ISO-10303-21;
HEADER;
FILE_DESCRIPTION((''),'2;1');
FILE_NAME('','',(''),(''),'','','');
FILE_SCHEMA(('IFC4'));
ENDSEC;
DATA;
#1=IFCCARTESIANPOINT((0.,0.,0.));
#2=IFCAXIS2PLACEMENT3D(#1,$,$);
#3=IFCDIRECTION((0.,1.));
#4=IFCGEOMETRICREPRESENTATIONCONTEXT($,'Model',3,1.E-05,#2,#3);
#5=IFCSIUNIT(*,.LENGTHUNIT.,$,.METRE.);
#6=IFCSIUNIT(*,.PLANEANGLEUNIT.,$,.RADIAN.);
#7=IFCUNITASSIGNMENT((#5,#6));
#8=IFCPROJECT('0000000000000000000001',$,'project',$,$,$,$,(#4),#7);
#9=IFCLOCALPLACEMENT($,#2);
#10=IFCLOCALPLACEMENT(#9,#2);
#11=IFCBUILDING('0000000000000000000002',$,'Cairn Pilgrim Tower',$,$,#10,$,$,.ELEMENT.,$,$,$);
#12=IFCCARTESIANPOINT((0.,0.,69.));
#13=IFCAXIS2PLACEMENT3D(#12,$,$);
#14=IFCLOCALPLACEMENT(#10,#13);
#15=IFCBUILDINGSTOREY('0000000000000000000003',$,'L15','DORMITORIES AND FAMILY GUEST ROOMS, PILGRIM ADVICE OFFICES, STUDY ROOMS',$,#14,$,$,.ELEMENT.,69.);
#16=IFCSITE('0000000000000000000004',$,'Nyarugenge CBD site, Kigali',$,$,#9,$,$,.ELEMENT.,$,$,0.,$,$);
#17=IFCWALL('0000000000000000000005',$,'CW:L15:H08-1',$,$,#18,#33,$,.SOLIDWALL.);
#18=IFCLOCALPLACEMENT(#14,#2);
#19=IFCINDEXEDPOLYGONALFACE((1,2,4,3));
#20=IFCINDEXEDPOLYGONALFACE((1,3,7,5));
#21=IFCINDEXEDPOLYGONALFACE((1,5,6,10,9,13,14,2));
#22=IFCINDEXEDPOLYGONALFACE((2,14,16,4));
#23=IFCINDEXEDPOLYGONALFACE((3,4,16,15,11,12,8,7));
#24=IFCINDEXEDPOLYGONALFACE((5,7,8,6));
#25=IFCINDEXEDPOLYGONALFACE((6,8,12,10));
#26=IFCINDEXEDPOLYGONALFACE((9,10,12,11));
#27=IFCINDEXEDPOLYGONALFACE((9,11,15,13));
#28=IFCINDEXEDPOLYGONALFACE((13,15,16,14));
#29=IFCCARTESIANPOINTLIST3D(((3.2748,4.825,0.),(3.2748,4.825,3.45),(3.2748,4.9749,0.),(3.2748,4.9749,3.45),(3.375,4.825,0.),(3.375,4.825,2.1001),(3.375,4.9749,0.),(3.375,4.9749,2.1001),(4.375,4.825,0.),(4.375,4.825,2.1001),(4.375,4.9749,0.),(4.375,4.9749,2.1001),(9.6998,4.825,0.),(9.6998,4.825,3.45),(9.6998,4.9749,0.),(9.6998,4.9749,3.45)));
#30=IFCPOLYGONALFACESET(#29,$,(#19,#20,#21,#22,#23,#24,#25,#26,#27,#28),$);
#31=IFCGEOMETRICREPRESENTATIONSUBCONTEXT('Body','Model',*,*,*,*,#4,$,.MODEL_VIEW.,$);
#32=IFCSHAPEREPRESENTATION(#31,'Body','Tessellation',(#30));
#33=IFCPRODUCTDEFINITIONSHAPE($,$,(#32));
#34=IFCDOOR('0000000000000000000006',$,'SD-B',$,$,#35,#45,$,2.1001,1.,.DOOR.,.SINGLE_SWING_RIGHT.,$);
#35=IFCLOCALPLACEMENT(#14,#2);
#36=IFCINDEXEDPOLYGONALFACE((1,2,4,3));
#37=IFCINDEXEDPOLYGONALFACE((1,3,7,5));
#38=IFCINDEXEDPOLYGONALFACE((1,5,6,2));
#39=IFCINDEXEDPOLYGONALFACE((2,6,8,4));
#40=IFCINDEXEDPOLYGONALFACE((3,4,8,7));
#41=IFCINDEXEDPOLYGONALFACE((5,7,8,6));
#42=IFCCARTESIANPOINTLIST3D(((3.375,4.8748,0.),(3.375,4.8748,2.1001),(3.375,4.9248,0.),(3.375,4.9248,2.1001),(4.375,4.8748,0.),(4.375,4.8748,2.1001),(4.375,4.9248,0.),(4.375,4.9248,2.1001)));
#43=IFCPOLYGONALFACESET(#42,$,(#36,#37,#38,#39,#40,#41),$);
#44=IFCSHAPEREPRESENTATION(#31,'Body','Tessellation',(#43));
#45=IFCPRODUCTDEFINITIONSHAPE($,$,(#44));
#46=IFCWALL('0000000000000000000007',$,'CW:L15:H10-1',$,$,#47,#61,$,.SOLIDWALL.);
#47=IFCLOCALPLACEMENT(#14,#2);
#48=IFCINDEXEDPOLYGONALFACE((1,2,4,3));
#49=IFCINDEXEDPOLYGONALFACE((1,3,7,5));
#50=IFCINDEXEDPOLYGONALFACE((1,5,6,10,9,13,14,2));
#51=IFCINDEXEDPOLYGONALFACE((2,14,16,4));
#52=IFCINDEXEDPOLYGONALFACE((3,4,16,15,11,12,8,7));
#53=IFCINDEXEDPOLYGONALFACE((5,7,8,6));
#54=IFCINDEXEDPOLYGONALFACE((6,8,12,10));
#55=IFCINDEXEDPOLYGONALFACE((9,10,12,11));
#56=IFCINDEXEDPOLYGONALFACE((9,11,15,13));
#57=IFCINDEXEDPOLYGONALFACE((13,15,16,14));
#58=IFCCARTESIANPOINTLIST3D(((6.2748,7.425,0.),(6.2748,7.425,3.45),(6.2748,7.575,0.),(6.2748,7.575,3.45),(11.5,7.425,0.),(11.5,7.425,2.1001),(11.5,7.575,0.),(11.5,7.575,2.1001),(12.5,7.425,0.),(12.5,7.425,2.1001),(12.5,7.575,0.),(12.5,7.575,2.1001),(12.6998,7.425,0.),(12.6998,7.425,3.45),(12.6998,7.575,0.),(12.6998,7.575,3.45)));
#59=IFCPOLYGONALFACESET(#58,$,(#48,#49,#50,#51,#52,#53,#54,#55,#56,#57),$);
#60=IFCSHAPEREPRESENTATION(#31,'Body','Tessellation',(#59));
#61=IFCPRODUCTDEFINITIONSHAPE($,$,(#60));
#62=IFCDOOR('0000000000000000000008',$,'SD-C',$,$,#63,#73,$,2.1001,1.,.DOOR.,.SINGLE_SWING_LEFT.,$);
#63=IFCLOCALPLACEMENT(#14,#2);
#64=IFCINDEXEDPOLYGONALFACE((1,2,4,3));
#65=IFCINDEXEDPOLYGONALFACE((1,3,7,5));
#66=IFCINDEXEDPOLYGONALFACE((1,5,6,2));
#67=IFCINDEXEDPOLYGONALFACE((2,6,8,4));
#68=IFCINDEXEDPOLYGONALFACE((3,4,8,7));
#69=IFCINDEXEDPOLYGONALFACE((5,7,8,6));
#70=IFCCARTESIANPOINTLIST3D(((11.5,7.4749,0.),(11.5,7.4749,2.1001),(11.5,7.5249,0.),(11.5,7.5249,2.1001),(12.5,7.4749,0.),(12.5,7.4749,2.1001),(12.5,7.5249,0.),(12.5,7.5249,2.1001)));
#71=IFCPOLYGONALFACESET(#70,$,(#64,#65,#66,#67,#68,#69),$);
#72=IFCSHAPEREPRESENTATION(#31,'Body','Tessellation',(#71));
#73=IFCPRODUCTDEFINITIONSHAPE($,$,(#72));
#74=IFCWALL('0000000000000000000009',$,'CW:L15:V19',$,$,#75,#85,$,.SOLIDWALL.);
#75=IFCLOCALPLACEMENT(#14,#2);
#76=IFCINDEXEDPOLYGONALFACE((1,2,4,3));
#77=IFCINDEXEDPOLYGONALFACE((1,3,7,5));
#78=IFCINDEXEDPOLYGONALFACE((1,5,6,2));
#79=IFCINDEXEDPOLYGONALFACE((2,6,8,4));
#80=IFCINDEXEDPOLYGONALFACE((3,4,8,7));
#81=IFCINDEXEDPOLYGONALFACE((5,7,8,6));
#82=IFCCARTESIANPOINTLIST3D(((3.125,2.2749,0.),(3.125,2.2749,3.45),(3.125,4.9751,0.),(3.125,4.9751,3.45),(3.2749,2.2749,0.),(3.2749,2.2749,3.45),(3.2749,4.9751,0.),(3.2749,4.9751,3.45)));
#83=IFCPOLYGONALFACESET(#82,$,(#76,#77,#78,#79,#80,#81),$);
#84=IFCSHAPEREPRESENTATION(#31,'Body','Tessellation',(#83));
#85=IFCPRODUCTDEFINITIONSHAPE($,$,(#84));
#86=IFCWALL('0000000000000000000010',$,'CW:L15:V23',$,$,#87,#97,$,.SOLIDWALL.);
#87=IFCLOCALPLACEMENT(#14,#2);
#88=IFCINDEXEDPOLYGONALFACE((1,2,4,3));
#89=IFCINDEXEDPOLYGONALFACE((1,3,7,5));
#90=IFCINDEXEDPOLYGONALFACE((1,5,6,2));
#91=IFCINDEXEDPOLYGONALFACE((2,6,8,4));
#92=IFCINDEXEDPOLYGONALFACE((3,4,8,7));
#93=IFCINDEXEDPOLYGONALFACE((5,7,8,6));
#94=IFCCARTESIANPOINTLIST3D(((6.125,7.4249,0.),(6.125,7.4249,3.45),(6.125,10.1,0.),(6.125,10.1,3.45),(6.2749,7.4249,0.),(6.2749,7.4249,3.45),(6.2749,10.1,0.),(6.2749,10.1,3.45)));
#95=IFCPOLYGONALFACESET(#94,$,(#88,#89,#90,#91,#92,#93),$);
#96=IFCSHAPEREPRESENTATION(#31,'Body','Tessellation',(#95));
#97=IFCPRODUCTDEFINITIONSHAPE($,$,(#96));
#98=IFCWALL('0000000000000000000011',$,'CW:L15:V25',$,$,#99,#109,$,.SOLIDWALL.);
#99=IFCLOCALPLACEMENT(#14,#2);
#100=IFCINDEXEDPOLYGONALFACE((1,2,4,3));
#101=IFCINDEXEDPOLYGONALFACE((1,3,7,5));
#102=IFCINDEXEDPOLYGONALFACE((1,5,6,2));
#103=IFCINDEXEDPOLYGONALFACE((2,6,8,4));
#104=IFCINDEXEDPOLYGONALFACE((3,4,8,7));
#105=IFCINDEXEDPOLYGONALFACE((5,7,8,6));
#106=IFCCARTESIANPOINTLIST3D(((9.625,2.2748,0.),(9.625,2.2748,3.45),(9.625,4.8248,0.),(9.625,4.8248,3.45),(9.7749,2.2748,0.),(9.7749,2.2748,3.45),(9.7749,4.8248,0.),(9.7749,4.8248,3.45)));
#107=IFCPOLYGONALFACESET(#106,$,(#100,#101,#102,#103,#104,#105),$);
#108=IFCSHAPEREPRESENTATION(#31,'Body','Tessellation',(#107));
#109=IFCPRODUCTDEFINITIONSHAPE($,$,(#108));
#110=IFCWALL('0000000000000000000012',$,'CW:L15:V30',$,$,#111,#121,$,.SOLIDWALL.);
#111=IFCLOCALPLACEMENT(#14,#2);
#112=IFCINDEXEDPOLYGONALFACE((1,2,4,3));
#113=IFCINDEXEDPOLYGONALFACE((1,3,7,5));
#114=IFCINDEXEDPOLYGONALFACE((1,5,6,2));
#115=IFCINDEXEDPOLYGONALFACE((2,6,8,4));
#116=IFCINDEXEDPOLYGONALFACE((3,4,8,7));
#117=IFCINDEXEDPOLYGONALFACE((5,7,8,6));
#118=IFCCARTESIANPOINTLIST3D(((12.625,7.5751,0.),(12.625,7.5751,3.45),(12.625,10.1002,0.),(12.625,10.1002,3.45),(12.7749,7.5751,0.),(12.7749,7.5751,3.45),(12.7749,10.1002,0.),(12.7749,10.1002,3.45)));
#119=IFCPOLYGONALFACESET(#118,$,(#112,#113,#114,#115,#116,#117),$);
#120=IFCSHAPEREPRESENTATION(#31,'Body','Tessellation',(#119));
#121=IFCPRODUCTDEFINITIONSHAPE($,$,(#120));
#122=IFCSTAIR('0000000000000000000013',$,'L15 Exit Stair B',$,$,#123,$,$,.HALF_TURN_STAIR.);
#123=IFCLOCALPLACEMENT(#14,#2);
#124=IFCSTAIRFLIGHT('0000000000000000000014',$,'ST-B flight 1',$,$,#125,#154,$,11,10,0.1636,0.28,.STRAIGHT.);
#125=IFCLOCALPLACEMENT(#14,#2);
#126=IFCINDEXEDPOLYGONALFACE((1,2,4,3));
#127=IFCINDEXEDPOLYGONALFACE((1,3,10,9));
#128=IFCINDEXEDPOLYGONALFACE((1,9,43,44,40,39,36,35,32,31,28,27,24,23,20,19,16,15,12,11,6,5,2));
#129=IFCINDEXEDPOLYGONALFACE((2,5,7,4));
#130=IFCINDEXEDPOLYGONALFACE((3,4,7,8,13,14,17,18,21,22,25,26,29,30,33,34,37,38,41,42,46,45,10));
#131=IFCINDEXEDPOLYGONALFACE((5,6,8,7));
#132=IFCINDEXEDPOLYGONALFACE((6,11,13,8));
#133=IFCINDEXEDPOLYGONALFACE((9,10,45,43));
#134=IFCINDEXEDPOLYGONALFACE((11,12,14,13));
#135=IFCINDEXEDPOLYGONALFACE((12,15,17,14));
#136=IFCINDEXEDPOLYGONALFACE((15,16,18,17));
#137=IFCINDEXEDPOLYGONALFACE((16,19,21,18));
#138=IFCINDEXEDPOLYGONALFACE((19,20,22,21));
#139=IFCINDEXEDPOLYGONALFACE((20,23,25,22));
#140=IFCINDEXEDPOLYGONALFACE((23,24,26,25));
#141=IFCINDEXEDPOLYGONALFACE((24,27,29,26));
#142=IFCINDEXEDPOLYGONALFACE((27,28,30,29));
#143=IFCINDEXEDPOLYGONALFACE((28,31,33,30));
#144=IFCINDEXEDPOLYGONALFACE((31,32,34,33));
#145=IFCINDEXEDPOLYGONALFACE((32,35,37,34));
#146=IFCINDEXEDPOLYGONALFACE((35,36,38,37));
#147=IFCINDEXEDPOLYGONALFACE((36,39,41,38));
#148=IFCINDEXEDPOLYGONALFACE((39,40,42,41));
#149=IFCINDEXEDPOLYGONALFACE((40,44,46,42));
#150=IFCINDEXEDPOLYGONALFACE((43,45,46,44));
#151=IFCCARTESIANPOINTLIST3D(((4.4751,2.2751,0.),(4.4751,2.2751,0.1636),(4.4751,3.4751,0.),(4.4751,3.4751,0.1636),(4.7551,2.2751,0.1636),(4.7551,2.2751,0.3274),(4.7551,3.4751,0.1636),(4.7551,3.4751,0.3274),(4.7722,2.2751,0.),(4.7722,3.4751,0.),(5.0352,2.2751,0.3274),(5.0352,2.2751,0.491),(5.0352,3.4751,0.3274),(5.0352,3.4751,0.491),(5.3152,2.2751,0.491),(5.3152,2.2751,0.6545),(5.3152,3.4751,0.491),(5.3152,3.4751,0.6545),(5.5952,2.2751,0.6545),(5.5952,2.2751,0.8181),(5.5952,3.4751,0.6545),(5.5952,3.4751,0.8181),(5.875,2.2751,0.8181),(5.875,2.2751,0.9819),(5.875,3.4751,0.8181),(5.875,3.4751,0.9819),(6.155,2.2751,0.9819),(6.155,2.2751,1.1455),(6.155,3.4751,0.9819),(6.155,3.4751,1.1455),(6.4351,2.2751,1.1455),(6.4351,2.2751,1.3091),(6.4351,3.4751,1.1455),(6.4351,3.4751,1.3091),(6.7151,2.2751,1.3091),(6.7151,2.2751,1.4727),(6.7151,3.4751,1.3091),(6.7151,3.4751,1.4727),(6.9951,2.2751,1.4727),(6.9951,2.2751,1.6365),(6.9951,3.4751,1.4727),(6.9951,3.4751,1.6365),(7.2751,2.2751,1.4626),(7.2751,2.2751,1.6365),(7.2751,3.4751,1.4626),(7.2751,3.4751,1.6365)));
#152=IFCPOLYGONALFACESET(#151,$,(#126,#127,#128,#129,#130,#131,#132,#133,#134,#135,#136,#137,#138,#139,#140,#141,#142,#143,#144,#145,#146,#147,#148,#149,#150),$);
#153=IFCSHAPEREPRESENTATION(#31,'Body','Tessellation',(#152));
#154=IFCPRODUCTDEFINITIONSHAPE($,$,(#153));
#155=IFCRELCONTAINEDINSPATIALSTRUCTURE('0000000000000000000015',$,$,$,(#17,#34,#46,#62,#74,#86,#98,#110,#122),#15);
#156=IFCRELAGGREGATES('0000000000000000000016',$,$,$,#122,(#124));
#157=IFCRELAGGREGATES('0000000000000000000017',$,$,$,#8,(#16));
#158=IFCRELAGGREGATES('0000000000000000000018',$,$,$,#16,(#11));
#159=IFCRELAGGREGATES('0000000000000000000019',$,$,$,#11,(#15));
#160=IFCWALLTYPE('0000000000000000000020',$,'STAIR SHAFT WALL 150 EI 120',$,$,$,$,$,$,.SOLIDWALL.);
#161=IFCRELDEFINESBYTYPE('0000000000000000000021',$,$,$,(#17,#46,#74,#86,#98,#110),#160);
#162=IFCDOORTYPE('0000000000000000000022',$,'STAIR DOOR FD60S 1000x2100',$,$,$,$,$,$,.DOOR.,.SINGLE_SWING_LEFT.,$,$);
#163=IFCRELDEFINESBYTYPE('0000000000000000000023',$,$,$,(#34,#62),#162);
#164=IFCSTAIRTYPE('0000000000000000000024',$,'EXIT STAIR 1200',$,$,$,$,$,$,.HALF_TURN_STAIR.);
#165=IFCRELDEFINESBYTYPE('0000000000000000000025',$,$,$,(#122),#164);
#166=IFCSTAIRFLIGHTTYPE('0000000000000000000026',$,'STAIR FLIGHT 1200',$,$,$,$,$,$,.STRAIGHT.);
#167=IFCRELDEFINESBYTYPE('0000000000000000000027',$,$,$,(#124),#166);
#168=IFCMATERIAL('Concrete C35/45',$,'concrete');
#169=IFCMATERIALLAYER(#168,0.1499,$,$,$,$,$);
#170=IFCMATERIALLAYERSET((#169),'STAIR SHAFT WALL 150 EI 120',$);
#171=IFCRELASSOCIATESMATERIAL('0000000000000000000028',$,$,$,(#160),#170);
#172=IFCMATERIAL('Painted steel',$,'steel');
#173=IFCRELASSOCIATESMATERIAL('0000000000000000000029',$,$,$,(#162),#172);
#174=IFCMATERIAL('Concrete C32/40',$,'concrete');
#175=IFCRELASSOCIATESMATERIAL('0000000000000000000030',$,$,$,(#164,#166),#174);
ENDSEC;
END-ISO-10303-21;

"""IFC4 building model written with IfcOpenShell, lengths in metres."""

from ifc_helpers import new_model, si_unit, direction, frame, frame_2d, origin, place, context, subcontext, project, spatial, polyline, rectangle, outline, extrude, material, layer, layer_set, type_object, element, fill, aggregate, save


model = new_model("IFC4")

# Units and contexts
model_context = context("Model", 3, precision=1e-05, world=origin(), true_north=direction((0.0, 1.0)))
body_context = subcontext(model_context, "Body", "Model", "MODEL_VIEW")
ifc_project = project(units=[si_unit("LENGTHUNIT", "METRE"), si_unit("PLANEANGLEUNIT", "RADIAN")], contexts=[model_context])

# Site, building, storey
site_placement = place(None, origin())
site = spatial("IfcSite", under=ifc_project, at=site_placement, Name="Nyarugenge CBD site, Kigali", CompositionType="ELEMENT", RefElevation=0.0)
building_placement = place(site_placement, origin())
building = spatial("IfcBuilding", under=site, at=building_placement, Name="Cairn Pilgrim Tower", CompositionType="ELEMENT")
storey_placement = place(building_placement, frame((0.0, 0.0, 69.0)))
storey = spatial("IfcBuildingStorey", under=building, at=storey_placement, Name="L15", Description="DORMITORIES AND FAMILY GUEST ROOMS, PILGRIM ADVICE OFFICES, STUDY ROOMS", CompositionType="ELEMENT", Elevation=69.0)

# Shared definitions
ifc_material_1 = material(Name="Concrete C32/40", Category="concrete")

# Shared definitions
ifc_material_2 = material(Name="Painted steel", Category="steel")

# Shared definitions
ifc_material_3 = material(Name="Concrete C35/45", Category="concrete")
ifc_layer_1 = layer(ifc_material_3, 0.1499)
ifc_layer_set_1 = layer_set([ifc_layer_1], Name="STAIR SHAFT WALL 150 EI 120")
wall_type_1 = type_object("IfcWallType", Name="STAIR SHAFT WALL 150 EI 120", PredefinedType="SOLIDWALL", material=ifc_layer_set_1)

# Walls, openings, doors
wall_1_placement = place(storey_placement, frame((3.2749, 4.8999, 0.0), z_axis=(0.0, 0.0, 1.0), x_axis=(1.0, 0.0, 0.0)))
wall_1 = element("IfcWall", 1, at=wall_1_placement, inside=storey, type_object=wall_type_1, Name="CW:L15:H08-1", PredefinedType="SOLIDWALL", context=body_context, shape_type="SweptSolid", body=[
    extrude(rectangle(XDim=6.425, YDim=0.1499, at=frame_2d((3.2124, 0.0))), origin(), (0.0, 0.0, 1.0), 3.45),
])
opening_1_placement = place(wall_1_placement, frame((0.1001, 0.0, 0.0)))
opening_1 = element("IfcOpeningElement", 2, at=opening_1_placement, cuts=wall_1, PredefinedType="OPENING", context=body_context, shape_type="SweptSolid", body=[
    extrude(rectangle(XDim=1.0, YDim=2.1001, at=frame_2d((0.5, 1.05))), frame((0.0, 0.085, 0.0), z_axis=(0.0, -1.0, 0.0), x_axis=(1.0, 0.0, 0.0)), (0.0, 0.0, 1.0), 0.1699),
])
door_type_1 = type_object("IfcDoorType", Name="STAIR DOOR FD60S 1000x2100", OperationType="SINGLE_SWING_LEFT", PredefinedType="DOOR", material=ifc_material_2)
door_1_placement = place(opening_1_placement, origin())
door_1 = element("IfcDoor", 3, at=door_1_placement, inside=storey, type_object=door_type_1, Name="SD-B", OperationType="SINGLE_SWING_RIGHT", OverallHeight=2.1001, OverallWidth=1.0, PredefinedType="DOOR", context=body_context, shape_type="SweptSolid", body=[
    extrude(rectangle(XDim=1.0, YDim=2.1001, at=frame_2d((0.5, 1.05))), frame((0.0, 0.0249, 0.0), z_axis=(0.0, -1.0, 0.0), x_axis=(1.0, 0.0, 0.0)), (0.0, 0.0, 1.0), 0.05),
])
fill(opening_1, door_1)
wall_2_placement = place(storey_placement, frame((6.2749, 7.5, 0.0), z_axis=(0.0, 0.0, 1.0), x_axis=(1.0, 0.0, 0.0)))
wall_2 = element("IfcWall", 4, at=wall_2_placement, inside=storey, type_object=wall_type_1, Name="CW:L15:H10-1", PredefinedType="SOLIDWALL", context=body_context, shape_type="SweptSolid", body=[
    extrude(rectangle(XDim=6.425, YDim=0.1499, at=frame_2d((3.2124, 0.0))), origin(), (0.0, 0.0, 1.0), 3.45),
])
opening_2_placement = place(wall_2_placement, frame((5.2251, 0.0, 0.0)))
opening_2 = element("IfcOpeningElement", 5, at=opening_2_placement, cuts=wall_2, PredefinedType="OPENING", context=body_context, shape_type="SweptSolid", body=[
    extrude(rectangle(XDim=1.0, YDim=2.1001, at=frame_2d((0.5, 1.05))), frame((0.0, 0.085, 0.0), z_axis=(0.0, -1.0, 0.0), x_axis=(1.0, 0.0, 0.0)), (0.0, 0.0, 1.0), 0.1699),
])
door_2_placement = place(opening_2_placement, origin())
door_2 = element("IfcDoor", 6, at=door_2_placement, inside=storey, type_object=door_type_1, Name="SD-C", OperationType="SINGLE_SWING_LEFT", OverallHeight=2.1001, OverallWidth=1.0, PredefinedType="DOOR", context=body_context, shape_type="SweptSolid", body=[
    extrude(rectangle(XDim=1.0, YDim=2.1001, at=frame_2d((0.5, 1.05))), frame((0.0, 0.0249, 0.0), z_axis=(0.0, -1.0, 0.0), x_axis=(1.0, 0.0, 0.0)), (0.0, 0.0, 1.0), 0.05),
])
fill(opening_2, door_2)

# Walls
wall_3_placement = place(storey_placement, frame((3.2, 2.2749, 0.0), z_axis=(0.0, 0.0, 1.0), x_axis=(0.0, 1.0, 0.0)))
element("IfcWall", 7, at=wall_3_placement, inside=storey, type_object=wall_type_1, Name="CW:L15:V19", PredefinedType="SOLIDWALL", context=body_context, shape_type="SweptSolid", body=[
    extrude(rectangle(XDim=2.7002, YDim=0.1499, at=frame_2d((1.3501, 0.0))), origin(), (0.0, 0.0, 1.0), 3.45),
])
wall_4_placement = place(storey_placement, frame((6.2, 7.425, 0.0), z_axis=(0.0, 0.0, 1.0), x_axis=(0.0, 1.0, 0.0)))
element("IfcWall", 8, at=wall_4_placement, inside=storey, type_object=wall_type_1, Name="CW:L15:V23", PredefinedType="SOLIDWALL", context=body_context, shape_type="SweptSolid", body=[
    extrude(rectangle(XDim=2.675, YDim=0.1499, at=frame_2d((1.3374, 0.0))), origin(), (0.0, 0.0, 1.0), 3.45),
])
wall_5_placement = place(storey_placement, frame((9.7, 2.2749, 0.0), z_axis=(0.0, 0.0, 1.0), x_axis=(0.0, 1.0, 0.0)))
element("IfcWall", 9, at=wall_5_placement, inside=storey, type_object=wall_type_1, Name="CW:L15:V25", PredefinedType="SOLIDWALL", context=body_context, shape_type="SweptSolid", body=[
    extrude(rectangle(XDim=2.55, YDim=0.1499, at=frame_2d((1.2749, 0.0))), origin(), (0.0, 0.0, 1.0), 3.45),
])
wall_6_placement = place(storey_placement, frame((12.7, 7.575, 0.0), z_axis=(0.0, 0.0, 1.0), x_axis=(0.0, 1.0, 0.0)))
element("IfcWall", 10, at=wall_6_placement, inside=storey, type_object=wall_type_1, Name="CW:L15:V30", PredefinedType="SOLIDWALL", context=body_context, shape_type="SweptSolid", body=[
    extrude(rectangle(XDim=2.5251, YDim=0.1499, at=frame_2d((1.2627, 0.0))), origin(), (0.0, 0.0, 1.0), 3.45),
])

# Stair, stair flight
stair_type = type_object("IfcStairType", Name="EXIT STAIR 1200", PredefinedType="HALF_TURN_STAIR", material=ifc_material_1)
stair_1_placement = place(storey_placement, origin())
stair_1 = element("IfcStair", 11, at=stair_1_placement, inside=storey, type_object=stair_type, Name="L15 Exit Stair B", PredefinedType="HALF_TURN_STAIR")
stair_flight_type = type_object("IfcStairFlightType", Name="STAIR FLIGHT 1200", PredefinedType="STRAIGHT", material=ifc_material_1)
stair_flight_1_placement = place(storey_placement, frame((4.4751, 2.875, 0.0), z_axis=(0.0, 0.0, 1.0), x_axis=(1.0, 0.0, 0.0)))
stair_flight_1 = element("IfcStairFlight", 12, at=stair_flight_1_placement, type_object=stair_flight_type, Name="ST-B flight 1", NumberOfRisers=11, NumberOfTreads=10, PredefinedType="STRAIGHT", RiserHeight=0.1636, TreadLength=0.28, context=body_context, shape_type="SweptSolid", body=[
    extrude(outline(polyline([(0.0, 0.0), (0.0, 0.1636), (0.28, 0.1636), (0.28, 0.3274), (0.5601, 0.3274), (0.5601, 0.491), (0.8401, 0.491), (0.8401, 0.6545), (1.1201, 0.6545), (1.1201, 0.8181), (1.3999, 0.8181), (1.3999, 0.9819), (1.6799, 0.9819), (1.6799, 1.1455), (1.96, 1.1455), (1.96, 1.3091), (2.24, 1.3091), (2.24, 1.4727), (2.52, 1.4727), (2.52, 1.6365), (2.8, 1.6365), (2.8, 1.8), (2.8, 1.4626), (0.2971, 0.0), (0.0, 0.0)])), frame((0.0, 0.6001, 0.0), z_axis=(0.0, -1.0, 0.0), x_axis=(1.0, 0.0, 0.0)), (0.0, 0.0, 1.0), 1.2),
])
aggregate(stair_1, [stair_flight_1])

save(model, "model.ifc")
